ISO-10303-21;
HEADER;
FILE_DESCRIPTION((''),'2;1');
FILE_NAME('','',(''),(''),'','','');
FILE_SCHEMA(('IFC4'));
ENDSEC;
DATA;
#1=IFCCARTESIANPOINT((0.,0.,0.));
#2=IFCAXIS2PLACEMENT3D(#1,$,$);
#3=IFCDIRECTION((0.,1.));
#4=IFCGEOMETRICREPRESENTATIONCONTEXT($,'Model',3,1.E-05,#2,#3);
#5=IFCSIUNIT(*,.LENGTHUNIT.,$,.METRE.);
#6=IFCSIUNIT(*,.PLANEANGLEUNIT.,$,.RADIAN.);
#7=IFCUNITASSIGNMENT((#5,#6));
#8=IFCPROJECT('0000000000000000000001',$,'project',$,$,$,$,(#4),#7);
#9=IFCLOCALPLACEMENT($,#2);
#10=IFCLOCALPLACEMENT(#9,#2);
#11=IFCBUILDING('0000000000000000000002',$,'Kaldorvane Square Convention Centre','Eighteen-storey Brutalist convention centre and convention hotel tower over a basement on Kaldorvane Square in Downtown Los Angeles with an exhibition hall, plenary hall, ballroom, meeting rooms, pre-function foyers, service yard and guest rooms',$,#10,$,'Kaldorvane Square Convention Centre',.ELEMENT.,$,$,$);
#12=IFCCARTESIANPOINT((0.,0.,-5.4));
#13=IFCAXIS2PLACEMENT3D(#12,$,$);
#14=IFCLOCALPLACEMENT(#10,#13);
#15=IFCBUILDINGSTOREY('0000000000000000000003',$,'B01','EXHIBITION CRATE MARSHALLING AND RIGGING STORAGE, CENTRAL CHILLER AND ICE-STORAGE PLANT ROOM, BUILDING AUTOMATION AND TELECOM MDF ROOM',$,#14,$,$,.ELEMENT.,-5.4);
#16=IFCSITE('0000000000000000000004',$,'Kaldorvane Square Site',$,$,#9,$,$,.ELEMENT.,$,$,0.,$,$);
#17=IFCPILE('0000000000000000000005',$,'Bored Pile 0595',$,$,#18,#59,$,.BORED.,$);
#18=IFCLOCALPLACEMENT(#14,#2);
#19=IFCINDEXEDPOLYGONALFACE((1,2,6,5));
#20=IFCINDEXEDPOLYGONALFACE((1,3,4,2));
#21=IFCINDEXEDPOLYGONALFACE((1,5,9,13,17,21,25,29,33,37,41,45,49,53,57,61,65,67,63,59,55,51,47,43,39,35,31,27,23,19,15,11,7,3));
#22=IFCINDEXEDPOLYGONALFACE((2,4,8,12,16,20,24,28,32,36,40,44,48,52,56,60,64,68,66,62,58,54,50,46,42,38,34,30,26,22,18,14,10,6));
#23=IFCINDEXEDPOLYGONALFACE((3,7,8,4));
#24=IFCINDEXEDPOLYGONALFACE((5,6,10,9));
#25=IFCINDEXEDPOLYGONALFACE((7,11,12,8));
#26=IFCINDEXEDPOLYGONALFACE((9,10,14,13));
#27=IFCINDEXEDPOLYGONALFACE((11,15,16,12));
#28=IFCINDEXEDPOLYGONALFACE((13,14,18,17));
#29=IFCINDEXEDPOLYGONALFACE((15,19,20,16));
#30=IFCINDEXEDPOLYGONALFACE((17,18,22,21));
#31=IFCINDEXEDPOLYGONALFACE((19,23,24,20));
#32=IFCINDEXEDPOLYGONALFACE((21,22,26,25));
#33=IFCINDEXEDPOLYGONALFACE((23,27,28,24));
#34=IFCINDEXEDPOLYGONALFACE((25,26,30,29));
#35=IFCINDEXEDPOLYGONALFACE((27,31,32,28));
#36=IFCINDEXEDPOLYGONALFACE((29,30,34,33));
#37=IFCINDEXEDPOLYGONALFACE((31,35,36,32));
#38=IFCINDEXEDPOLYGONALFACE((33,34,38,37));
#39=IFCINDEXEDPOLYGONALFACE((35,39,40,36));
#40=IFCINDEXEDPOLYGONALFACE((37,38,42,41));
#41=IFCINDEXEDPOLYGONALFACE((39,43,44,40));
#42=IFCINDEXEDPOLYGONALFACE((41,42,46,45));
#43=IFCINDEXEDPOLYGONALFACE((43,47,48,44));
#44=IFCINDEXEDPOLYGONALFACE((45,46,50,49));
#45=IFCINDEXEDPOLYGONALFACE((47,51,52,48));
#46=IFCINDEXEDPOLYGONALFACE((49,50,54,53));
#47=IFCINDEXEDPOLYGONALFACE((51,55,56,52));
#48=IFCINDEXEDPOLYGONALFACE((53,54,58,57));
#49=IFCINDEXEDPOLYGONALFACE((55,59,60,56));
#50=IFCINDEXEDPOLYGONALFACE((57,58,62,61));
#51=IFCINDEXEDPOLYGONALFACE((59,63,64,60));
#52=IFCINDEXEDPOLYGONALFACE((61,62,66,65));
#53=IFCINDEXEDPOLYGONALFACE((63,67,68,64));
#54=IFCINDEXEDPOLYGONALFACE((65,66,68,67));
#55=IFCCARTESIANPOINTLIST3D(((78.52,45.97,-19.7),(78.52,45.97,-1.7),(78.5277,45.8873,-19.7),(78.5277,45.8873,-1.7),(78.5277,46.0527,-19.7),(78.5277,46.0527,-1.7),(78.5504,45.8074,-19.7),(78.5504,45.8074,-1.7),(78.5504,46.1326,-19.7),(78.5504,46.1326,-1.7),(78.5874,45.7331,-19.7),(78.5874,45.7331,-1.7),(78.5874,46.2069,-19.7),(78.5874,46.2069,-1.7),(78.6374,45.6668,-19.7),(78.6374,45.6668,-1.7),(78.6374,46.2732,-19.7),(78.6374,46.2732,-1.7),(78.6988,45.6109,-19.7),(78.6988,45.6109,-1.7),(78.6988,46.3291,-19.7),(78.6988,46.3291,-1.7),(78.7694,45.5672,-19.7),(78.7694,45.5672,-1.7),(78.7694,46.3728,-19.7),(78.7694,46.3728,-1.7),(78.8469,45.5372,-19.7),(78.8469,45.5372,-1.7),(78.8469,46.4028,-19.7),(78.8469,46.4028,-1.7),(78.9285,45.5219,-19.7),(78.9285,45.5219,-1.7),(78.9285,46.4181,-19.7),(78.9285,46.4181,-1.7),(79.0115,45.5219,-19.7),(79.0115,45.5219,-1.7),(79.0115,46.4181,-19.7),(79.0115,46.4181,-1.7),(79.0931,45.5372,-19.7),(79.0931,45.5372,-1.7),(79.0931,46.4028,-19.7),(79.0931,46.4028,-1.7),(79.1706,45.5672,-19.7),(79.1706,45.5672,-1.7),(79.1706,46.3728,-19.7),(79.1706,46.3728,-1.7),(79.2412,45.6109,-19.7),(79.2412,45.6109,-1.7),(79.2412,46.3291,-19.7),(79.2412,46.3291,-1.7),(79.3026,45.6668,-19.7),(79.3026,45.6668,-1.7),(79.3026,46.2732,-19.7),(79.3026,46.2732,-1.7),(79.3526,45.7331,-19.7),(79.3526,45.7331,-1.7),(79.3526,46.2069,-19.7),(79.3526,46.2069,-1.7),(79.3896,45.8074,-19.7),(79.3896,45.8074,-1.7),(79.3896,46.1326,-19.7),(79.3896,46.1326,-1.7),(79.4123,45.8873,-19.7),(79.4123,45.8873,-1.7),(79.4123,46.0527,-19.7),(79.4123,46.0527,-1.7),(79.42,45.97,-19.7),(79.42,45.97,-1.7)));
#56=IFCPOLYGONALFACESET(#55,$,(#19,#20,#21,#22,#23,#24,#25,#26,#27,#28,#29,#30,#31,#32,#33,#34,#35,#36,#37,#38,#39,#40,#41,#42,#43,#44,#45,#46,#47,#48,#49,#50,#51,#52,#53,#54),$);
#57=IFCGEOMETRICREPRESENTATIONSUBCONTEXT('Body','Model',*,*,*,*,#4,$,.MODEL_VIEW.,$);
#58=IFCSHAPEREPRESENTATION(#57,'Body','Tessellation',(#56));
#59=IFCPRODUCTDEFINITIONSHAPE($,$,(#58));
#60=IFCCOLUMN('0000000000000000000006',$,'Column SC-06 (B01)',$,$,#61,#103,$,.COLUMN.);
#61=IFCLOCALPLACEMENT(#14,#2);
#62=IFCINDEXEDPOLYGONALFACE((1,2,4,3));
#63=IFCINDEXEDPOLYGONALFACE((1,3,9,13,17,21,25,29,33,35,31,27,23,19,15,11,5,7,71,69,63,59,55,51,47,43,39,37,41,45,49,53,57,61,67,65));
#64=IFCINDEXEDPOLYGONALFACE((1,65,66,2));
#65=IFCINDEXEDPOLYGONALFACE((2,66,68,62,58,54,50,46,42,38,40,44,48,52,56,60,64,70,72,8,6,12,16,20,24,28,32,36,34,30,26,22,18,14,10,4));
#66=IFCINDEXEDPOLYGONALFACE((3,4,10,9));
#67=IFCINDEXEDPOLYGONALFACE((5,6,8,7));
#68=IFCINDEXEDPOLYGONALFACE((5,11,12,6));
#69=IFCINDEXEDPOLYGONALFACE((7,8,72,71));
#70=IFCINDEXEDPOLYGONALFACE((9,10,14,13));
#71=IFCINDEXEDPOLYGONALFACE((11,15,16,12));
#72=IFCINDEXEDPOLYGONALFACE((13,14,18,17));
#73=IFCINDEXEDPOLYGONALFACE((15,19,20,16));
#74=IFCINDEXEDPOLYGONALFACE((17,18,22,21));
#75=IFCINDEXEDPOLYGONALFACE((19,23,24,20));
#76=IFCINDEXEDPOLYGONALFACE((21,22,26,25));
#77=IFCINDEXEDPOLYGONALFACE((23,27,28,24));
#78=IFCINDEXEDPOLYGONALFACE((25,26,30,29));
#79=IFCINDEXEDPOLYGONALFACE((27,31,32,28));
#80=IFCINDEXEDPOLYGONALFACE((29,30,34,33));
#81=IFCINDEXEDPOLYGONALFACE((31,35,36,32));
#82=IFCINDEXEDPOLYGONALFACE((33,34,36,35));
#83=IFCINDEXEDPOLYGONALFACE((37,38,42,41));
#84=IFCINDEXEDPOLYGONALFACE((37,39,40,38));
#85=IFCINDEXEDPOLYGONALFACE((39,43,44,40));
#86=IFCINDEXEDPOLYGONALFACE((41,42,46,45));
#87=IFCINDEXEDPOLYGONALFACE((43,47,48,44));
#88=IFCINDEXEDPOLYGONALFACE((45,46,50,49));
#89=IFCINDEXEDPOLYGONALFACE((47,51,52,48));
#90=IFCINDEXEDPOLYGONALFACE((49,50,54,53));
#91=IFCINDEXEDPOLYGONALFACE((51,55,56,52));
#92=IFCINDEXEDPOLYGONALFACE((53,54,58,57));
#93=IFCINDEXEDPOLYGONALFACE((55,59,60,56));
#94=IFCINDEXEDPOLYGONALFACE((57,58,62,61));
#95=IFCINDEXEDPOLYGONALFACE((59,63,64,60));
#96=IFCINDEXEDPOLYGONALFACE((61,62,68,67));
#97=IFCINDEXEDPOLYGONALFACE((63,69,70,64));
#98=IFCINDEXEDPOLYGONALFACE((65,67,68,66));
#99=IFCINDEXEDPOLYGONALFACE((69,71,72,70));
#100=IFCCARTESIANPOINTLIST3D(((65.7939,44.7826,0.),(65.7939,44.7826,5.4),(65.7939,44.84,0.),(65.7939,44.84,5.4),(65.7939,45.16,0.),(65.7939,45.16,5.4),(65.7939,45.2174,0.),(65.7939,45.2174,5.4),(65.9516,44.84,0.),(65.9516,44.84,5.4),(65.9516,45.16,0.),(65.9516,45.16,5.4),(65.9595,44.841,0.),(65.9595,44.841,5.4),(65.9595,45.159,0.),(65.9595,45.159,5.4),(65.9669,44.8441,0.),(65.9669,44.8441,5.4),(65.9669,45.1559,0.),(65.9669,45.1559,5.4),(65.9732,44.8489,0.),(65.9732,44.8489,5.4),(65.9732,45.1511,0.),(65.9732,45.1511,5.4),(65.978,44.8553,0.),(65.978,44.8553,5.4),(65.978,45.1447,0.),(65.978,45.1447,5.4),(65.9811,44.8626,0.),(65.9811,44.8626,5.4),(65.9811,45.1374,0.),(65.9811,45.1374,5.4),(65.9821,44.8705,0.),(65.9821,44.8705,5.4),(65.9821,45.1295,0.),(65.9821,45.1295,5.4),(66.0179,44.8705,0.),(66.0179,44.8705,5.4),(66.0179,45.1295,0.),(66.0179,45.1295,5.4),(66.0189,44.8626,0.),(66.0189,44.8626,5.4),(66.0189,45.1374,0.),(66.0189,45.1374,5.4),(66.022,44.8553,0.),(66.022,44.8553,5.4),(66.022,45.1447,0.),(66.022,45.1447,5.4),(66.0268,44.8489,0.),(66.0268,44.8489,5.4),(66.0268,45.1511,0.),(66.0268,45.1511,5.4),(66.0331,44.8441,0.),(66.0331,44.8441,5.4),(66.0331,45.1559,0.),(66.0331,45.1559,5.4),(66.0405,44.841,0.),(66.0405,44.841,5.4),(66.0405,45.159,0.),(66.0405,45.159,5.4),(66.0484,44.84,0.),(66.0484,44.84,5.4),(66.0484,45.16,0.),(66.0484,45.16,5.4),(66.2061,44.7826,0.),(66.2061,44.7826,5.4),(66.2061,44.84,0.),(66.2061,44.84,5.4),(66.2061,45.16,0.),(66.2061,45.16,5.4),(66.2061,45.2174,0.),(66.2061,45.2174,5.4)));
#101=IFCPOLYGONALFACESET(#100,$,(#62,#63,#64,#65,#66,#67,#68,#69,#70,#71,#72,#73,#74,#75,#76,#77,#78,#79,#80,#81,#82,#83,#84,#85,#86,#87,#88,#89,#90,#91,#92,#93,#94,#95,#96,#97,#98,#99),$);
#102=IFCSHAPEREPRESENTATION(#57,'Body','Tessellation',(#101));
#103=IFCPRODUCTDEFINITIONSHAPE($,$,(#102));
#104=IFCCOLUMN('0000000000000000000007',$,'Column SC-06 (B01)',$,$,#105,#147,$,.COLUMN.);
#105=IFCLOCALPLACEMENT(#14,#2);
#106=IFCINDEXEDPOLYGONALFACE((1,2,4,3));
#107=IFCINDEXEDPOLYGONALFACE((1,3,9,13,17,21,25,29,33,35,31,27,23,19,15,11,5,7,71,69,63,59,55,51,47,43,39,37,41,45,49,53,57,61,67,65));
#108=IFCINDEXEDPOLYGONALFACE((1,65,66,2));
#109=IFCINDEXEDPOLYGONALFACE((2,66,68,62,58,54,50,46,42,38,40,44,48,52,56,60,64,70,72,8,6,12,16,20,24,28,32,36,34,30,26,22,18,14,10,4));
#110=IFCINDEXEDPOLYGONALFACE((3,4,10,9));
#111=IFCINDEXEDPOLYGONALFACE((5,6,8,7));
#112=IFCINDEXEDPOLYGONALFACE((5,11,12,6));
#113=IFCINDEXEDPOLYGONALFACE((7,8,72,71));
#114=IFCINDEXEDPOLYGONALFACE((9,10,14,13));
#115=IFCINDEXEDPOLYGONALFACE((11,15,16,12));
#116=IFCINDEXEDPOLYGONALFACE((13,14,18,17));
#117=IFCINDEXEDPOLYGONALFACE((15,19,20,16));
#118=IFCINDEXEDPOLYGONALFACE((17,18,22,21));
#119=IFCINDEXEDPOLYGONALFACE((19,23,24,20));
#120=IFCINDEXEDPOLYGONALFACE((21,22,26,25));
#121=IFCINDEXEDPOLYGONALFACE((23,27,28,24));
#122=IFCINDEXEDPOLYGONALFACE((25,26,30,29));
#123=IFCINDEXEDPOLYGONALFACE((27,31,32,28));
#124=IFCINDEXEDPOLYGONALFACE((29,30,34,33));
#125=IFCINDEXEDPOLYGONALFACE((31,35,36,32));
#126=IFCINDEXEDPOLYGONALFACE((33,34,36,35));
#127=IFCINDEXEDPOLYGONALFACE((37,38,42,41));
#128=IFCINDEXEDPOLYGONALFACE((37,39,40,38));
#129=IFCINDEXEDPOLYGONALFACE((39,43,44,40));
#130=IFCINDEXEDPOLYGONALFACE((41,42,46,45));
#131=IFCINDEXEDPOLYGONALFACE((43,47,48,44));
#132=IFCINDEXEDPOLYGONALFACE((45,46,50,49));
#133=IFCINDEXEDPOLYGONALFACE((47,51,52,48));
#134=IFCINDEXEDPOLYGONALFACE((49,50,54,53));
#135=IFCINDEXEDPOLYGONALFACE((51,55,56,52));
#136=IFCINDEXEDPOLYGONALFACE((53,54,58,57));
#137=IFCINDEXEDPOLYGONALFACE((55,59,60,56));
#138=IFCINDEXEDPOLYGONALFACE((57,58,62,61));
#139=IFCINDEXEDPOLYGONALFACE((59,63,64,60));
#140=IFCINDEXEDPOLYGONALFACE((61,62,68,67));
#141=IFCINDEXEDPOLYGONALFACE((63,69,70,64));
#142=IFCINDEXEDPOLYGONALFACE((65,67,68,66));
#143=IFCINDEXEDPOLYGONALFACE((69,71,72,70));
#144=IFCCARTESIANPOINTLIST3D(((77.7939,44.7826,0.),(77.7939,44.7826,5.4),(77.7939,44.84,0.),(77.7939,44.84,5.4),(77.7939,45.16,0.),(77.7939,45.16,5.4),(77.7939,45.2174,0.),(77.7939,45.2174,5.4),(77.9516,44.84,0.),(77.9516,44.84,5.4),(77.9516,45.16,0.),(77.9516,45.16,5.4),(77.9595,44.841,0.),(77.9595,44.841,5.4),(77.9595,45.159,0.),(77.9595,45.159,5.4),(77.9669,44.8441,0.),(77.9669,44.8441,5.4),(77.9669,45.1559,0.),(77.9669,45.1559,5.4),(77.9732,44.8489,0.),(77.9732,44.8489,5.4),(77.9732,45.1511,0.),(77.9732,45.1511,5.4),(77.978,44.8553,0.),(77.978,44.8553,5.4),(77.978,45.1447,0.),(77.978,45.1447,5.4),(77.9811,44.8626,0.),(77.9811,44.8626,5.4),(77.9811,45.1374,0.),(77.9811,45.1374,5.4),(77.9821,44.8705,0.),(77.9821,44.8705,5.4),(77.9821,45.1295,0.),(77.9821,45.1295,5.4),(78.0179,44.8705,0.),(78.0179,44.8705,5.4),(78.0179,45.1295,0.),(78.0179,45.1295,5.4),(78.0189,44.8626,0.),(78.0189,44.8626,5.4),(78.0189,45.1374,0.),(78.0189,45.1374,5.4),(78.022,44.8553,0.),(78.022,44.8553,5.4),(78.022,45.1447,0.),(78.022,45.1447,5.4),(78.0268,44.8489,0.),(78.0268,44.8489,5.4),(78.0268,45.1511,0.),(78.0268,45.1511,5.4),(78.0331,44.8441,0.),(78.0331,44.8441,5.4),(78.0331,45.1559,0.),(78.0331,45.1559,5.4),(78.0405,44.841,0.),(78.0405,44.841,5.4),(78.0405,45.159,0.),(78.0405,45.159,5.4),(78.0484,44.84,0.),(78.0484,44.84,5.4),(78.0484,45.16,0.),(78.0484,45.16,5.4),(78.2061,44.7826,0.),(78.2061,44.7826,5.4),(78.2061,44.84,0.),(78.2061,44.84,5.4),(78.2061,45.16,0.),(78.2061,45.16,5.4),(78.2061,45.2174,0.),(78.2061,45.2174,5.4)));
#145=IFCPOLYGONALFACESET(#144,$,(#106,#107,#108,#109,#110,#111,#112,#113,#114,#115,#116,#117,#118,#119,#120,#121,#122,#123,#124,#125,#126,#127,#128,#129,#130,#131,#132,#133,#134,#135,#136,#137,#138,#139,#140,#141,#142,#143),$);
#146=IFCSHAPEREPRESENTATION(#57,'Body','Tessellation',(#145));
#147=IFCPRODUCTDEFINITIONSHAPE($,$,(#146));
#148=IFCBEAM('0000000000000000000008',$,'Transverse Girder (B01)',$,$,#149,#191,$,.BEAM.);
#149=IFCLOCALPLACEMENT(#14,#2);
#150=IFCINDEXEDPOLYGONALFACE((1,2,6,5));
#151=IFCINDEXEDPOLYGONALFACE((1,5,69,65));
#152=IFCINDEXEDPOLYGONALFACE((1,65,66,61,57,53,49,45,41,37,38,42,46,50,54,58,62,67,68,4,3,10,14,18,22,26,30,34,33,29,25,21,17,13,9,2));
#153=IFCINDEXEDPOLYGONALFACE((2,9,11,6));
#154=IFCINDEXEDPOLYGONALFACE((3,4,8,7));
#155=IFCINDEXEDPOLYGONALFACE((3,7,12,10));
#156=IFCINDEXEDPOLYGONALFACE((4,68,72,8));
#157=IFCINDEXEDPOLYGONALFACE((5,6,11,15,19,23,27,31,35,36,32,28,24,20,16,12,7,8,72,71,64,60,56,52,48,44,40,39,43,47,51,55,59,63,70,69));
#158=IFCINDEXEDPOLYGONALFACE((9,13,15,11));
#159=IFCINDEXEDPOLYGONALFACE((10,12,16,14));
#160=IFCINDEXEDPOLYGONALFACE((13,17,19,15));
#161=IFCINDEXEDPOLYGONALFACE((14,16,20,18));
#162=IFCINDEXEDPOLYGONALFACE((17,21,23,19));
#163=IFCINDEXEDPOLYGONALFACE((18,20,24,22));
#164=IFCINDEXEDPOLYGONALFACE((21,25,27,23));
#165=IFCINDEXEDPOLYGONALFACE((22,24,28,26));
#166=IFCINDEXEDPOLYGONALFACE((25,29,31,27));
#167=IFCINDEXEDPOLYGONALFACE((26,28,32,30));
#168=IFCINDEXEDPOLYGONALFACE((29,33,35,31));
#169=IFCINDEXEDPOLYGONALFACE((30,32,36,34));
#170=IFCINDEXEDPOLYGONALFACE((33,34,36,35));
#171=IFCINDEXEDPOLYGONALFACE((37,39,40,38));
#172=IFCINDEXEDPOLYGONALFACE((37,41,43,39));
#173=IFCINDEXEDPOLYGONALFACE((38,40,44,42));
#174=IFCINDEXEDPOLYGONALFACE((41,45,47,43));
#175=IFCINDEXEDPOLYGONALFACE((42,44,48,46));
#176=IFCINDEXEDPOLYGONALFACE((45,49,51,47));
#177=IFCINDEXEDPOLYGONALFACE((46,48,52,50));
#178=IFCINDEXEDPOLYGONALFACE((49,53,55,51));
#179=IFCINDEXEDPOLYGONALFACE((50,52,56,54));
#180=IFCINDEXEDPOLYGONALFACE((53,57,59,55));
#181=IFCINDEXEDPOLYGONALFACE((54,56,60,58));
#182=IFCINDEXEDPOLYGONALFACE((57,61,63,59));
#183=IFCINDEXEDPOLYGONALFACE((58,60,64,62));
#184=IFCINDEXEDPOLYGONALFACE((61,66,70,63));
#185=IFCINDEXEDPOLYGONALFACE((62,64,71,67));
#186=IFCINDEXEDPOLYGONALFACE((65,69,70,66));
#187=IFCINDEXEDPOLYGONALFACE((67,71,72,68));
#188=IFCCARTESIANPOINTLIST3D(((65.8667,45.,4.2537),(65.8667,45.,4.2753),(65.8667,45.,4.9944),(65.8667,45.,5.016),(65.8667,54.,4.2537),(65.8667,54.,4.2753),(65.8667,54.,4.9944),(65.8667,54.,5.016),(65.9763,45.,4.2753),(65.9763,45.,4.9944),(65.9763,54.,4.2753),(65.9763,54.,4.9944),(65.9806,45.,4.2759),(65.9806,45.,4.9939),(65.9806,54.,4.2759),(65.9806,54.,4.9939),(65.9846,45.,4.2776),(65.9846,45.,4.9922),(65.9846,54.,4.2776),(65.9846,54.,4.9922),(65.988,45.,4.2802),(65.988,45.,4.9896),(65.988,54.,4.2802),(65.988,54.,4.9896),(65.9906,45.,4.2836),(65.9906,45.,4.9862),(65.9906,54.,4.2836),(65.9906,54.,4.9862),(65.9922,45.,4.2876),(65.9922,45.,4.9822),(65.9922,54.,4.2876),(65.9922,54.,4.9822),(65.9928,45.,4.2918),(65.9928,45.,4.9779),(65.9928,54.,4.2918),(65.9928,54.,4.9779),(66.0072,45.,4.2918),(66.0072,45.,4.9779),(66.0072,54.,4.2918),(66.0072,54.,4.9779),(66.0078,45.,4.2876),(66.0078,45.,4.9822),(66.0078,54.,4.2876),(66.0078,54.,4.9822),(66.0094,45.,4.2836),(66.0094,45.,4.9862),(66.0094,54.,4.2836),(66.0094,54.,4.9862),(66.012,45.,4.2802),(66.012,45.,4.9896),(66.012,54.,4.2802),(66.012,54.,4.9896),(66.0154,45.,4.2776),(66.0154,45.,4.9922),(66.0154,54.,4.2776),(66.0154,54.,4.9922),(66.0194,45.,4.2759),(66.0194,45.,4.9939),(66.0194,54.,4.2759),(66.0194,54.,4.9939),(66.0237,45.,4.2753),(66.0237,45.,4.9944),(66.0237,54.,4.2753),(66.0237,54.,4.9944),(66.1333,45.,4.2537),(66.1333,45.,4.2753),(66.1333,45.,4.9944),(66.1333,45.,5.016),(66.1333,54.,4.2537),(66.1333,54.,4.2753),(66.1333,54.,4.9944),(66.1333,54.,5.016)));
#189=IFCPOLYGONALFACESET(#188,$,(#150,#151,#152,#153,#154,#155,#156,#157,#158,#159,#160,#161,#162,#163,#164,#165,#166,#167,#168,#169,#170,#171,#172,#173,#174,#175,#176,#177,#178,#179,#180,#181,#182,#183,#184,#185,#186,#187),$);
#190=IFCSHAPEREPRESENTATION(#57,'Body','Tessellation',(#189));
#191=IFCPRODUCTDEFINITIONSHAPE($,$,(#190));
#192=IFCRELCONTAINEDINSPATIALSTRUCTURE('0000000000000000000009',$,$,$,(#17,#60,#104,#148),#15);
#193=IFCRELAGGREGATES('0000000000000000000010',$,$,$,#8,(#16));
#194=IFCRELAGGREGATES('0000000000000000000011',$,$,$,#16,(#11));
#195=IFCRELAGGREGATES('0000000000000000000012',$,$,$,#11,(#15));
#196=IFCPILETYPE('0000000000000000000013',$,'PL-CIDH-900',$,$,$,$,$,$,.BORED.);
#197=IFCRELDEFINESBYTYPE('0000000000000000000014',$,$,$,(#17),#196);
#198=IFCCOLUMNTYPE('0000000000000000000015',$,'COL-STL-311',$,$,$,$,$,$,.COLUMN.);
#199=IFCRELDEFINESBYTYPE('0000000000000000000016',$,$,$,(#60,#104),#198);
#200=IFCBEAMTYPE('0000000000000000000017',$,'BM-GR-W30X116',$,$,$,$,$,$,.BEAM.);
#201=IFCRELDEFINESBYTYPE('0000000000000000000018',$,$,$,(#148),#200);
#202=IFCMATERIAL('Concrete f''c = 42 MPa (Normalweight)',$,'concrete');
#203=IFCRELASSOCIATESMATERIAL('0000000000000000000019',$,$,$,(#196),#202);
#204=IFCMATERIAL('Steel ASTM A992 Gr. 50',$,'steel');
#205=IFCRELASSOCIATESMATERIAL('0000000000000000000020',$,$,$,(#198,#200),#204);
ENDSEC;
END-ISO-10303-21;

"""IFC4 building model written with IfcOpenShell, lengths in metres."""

from ifc_helpers import new_model, si_unit, direction, frame, origin, origin_2d, place, context, subcontext, project, spatial, circle, i_section, extrude, material, material_profile, profile_set, type_object, element, save


model = new_model("IFC4")

# Units and contexts
model_context = context("Model", 3, precision=1e-05, world=origin(), true_north=direction((0.0, 1.0)))
body_context = subcontext(model_context, "Body", "Model", "MODEL_VIEW")
ifc_project = project(units=[si_unit("LENGTHUNIT", "METRE"), si_unit("PLANEANGLEUNIT", "RADIAN")], contexts=[model_context])

# Site, building, storey
site_placement = place(None, origin())
site = spatial("IfcSite", under=ifc_project, at=site_placement, Name="Kaldorvane Square Site", CompositionType="ELEMENT", RefElevation=0.0)
building_placement = place(site_placement, origin())
building = spatial("IfcBuilding", under=site, at=building_placement, Name="Kaldorvane Square Convention Centre", Description="Eighteen-storey Brutalist convention centre and convention hotel tower over a basement on Kaldorvane Square in Downtown Los Angeles with an exhibition hall, plenary hall, ballroom, meeting rooms, pre-function foyers, service yard and guest rooms", LongName="Kaldorvane Square Convention Centre", CompositionType="ELEMENT")
storey_placement = place(building_placement, frame((0.0, 0.0, -5.4)))
storey = spatial("IfcBuildingStorey", under=building, at=storey_placement, Name="B01", Description="EXHIBITION CRATE MARSHALLING AND RIGGING STORAGE, CENTRAL CHILLER AND ICE-STORAGE PLANT ROOM, BUILDING AUTOMATION AND TELECOM MDF ROOM", CompositionType="ELEMENT", Elevation=-5.4)

# Shared definitions
ifc_material_1 = material(Name="Concrete f'c = 42 MPa (Normalweight)", Category="concrete")

# Pile
ifc_material_profile_1 = material_profile(ifc_material_1, circle(Radius=0.45, at=origin_2d()), Name="PILE-D900")
ifc_profile_set_1 = profile_set([ifc_material_profile_1], Name="Concrete f'c = 42 MPa (Normalweight)")
pile_type = type_object("IfcPileType", Name="PL-CIDH-900", PredefinedType="BORED", material=ifc_profile_set_1)
for number, where, z_axis, x_axis, name in (
    (1, (78.97, 45.97, -1.7), (0.0, 0.0, -1.0), (1.0, 0.0, 0.0), "Bored Pile 0595"),
):
    element("IfcPile", number, at=place(storey_placement, frame(where, z_axis=z_axis, x_axis=x_axis)), inside=storey, type_object=pile_type, Name=name, PredefinedType="BORED", context=body_context, shape_type="SweptSolid", body=[
        extrude(circle(Radius=0.45, at=origin_2d()), origin(), (0.0, 0.0, 1.0), 18.0),
    ])

# Columns
ifc_material_2 = material(Name="Steel ASTM A992 Gr. 50", Category="steel")
ifc_material_profile_2 = material_profile(ifc_material_2, i_section(OverallWidth=0.4122, OverallDepth=0.4348, WebThickness=0.0358, FlangeThickness=0.0574, FilletRadius=0.0305, at=origin_2d()), Name="W14X311")
ifc_profile_set_2 = profile_set([ifc_material_profile_2], Name="Steel ASTM A992 Gr. 50")
column_type = type_object("IfcColumnType", Name="COL-STL-311", PredefinedType="COLUMN", material=ifc_profile_set_2)
for number, where, z_axis, x_axis, name in (
    (2, (66.0, 45.0, 0.0), (0.0, 0.0, 1.0), (1.0, 0.0, 0.0), "Column SC-06 (B01)"),
    (3, (78.0, 45.0, 0.0), (0.0, 0.0, 1.0), (1.0, 0.0, 0.0), "Column SC-06 (B01)"),
):
    element("IfcColumn", number, at=place(storey_placement, frame(where, z_axis=z_axis, x_axis=x_axis)), inside=storey, type_object=column_type, Name=name, PredefinedType="COLUMN", context=body_context, shape_type="SweptSolid", body=[
        extrude(i_section(OverallWidth=0.4122, OverallDepth=0.4348, WebThickness=0.0358, FlangeThickness=0.0574, FilletRadius=0.0305, at=origin_2d()), origin(), (0.0, 0.0, 1.0), 5.4),
    ])

# Beam
ifc_material_profile_3 = material_profile(ifc_material_2, i_section(OverallWidth=0.2666, OverallDepth=0.7623, WebThickness=0.0144, FlangeThickness=0.0216, FilletRadius=0.0165, at=origin_2d()), Name="W30X116")
ifc_profile_set_3 = profile_set([ifc_material_profile_3], Name="Steel ASTM A992 Gr. 50")
beam_type_1 = type_object("IfcBeamType", Name="BM-GR-W30X116", PredefinedType="BEAM", material=ifc_profile_set_3)
for number, where, z_axis, x_axis, name in (
    (4, (66.0, 45.0, 4.6349), (0.0, 1.0, 0.0), (-1.0, 0.0, 0.0), "Transverse Girder (B01)"),
):
    element("IfcBeam", number, at=place(storey_placement, frame(where, z_axis=z_axis, x_axis=x_axis)), inside=storey, type_object=beam_type_1, Name=name, PredefinedType="BEAM", context=body_context, shape_type="SweptSolid", body=[
        extrude(i_section(OverallWidth=0.2666, OverallDepth=0.7623, WebThickness=0.0144, FlangeThickness=0.0216, FilletRadius=0.0165, at=origin_2d()), origin(), (0.0, 0.0, 1.0), 9.0),
    ])

save(model, "model.ifc")
